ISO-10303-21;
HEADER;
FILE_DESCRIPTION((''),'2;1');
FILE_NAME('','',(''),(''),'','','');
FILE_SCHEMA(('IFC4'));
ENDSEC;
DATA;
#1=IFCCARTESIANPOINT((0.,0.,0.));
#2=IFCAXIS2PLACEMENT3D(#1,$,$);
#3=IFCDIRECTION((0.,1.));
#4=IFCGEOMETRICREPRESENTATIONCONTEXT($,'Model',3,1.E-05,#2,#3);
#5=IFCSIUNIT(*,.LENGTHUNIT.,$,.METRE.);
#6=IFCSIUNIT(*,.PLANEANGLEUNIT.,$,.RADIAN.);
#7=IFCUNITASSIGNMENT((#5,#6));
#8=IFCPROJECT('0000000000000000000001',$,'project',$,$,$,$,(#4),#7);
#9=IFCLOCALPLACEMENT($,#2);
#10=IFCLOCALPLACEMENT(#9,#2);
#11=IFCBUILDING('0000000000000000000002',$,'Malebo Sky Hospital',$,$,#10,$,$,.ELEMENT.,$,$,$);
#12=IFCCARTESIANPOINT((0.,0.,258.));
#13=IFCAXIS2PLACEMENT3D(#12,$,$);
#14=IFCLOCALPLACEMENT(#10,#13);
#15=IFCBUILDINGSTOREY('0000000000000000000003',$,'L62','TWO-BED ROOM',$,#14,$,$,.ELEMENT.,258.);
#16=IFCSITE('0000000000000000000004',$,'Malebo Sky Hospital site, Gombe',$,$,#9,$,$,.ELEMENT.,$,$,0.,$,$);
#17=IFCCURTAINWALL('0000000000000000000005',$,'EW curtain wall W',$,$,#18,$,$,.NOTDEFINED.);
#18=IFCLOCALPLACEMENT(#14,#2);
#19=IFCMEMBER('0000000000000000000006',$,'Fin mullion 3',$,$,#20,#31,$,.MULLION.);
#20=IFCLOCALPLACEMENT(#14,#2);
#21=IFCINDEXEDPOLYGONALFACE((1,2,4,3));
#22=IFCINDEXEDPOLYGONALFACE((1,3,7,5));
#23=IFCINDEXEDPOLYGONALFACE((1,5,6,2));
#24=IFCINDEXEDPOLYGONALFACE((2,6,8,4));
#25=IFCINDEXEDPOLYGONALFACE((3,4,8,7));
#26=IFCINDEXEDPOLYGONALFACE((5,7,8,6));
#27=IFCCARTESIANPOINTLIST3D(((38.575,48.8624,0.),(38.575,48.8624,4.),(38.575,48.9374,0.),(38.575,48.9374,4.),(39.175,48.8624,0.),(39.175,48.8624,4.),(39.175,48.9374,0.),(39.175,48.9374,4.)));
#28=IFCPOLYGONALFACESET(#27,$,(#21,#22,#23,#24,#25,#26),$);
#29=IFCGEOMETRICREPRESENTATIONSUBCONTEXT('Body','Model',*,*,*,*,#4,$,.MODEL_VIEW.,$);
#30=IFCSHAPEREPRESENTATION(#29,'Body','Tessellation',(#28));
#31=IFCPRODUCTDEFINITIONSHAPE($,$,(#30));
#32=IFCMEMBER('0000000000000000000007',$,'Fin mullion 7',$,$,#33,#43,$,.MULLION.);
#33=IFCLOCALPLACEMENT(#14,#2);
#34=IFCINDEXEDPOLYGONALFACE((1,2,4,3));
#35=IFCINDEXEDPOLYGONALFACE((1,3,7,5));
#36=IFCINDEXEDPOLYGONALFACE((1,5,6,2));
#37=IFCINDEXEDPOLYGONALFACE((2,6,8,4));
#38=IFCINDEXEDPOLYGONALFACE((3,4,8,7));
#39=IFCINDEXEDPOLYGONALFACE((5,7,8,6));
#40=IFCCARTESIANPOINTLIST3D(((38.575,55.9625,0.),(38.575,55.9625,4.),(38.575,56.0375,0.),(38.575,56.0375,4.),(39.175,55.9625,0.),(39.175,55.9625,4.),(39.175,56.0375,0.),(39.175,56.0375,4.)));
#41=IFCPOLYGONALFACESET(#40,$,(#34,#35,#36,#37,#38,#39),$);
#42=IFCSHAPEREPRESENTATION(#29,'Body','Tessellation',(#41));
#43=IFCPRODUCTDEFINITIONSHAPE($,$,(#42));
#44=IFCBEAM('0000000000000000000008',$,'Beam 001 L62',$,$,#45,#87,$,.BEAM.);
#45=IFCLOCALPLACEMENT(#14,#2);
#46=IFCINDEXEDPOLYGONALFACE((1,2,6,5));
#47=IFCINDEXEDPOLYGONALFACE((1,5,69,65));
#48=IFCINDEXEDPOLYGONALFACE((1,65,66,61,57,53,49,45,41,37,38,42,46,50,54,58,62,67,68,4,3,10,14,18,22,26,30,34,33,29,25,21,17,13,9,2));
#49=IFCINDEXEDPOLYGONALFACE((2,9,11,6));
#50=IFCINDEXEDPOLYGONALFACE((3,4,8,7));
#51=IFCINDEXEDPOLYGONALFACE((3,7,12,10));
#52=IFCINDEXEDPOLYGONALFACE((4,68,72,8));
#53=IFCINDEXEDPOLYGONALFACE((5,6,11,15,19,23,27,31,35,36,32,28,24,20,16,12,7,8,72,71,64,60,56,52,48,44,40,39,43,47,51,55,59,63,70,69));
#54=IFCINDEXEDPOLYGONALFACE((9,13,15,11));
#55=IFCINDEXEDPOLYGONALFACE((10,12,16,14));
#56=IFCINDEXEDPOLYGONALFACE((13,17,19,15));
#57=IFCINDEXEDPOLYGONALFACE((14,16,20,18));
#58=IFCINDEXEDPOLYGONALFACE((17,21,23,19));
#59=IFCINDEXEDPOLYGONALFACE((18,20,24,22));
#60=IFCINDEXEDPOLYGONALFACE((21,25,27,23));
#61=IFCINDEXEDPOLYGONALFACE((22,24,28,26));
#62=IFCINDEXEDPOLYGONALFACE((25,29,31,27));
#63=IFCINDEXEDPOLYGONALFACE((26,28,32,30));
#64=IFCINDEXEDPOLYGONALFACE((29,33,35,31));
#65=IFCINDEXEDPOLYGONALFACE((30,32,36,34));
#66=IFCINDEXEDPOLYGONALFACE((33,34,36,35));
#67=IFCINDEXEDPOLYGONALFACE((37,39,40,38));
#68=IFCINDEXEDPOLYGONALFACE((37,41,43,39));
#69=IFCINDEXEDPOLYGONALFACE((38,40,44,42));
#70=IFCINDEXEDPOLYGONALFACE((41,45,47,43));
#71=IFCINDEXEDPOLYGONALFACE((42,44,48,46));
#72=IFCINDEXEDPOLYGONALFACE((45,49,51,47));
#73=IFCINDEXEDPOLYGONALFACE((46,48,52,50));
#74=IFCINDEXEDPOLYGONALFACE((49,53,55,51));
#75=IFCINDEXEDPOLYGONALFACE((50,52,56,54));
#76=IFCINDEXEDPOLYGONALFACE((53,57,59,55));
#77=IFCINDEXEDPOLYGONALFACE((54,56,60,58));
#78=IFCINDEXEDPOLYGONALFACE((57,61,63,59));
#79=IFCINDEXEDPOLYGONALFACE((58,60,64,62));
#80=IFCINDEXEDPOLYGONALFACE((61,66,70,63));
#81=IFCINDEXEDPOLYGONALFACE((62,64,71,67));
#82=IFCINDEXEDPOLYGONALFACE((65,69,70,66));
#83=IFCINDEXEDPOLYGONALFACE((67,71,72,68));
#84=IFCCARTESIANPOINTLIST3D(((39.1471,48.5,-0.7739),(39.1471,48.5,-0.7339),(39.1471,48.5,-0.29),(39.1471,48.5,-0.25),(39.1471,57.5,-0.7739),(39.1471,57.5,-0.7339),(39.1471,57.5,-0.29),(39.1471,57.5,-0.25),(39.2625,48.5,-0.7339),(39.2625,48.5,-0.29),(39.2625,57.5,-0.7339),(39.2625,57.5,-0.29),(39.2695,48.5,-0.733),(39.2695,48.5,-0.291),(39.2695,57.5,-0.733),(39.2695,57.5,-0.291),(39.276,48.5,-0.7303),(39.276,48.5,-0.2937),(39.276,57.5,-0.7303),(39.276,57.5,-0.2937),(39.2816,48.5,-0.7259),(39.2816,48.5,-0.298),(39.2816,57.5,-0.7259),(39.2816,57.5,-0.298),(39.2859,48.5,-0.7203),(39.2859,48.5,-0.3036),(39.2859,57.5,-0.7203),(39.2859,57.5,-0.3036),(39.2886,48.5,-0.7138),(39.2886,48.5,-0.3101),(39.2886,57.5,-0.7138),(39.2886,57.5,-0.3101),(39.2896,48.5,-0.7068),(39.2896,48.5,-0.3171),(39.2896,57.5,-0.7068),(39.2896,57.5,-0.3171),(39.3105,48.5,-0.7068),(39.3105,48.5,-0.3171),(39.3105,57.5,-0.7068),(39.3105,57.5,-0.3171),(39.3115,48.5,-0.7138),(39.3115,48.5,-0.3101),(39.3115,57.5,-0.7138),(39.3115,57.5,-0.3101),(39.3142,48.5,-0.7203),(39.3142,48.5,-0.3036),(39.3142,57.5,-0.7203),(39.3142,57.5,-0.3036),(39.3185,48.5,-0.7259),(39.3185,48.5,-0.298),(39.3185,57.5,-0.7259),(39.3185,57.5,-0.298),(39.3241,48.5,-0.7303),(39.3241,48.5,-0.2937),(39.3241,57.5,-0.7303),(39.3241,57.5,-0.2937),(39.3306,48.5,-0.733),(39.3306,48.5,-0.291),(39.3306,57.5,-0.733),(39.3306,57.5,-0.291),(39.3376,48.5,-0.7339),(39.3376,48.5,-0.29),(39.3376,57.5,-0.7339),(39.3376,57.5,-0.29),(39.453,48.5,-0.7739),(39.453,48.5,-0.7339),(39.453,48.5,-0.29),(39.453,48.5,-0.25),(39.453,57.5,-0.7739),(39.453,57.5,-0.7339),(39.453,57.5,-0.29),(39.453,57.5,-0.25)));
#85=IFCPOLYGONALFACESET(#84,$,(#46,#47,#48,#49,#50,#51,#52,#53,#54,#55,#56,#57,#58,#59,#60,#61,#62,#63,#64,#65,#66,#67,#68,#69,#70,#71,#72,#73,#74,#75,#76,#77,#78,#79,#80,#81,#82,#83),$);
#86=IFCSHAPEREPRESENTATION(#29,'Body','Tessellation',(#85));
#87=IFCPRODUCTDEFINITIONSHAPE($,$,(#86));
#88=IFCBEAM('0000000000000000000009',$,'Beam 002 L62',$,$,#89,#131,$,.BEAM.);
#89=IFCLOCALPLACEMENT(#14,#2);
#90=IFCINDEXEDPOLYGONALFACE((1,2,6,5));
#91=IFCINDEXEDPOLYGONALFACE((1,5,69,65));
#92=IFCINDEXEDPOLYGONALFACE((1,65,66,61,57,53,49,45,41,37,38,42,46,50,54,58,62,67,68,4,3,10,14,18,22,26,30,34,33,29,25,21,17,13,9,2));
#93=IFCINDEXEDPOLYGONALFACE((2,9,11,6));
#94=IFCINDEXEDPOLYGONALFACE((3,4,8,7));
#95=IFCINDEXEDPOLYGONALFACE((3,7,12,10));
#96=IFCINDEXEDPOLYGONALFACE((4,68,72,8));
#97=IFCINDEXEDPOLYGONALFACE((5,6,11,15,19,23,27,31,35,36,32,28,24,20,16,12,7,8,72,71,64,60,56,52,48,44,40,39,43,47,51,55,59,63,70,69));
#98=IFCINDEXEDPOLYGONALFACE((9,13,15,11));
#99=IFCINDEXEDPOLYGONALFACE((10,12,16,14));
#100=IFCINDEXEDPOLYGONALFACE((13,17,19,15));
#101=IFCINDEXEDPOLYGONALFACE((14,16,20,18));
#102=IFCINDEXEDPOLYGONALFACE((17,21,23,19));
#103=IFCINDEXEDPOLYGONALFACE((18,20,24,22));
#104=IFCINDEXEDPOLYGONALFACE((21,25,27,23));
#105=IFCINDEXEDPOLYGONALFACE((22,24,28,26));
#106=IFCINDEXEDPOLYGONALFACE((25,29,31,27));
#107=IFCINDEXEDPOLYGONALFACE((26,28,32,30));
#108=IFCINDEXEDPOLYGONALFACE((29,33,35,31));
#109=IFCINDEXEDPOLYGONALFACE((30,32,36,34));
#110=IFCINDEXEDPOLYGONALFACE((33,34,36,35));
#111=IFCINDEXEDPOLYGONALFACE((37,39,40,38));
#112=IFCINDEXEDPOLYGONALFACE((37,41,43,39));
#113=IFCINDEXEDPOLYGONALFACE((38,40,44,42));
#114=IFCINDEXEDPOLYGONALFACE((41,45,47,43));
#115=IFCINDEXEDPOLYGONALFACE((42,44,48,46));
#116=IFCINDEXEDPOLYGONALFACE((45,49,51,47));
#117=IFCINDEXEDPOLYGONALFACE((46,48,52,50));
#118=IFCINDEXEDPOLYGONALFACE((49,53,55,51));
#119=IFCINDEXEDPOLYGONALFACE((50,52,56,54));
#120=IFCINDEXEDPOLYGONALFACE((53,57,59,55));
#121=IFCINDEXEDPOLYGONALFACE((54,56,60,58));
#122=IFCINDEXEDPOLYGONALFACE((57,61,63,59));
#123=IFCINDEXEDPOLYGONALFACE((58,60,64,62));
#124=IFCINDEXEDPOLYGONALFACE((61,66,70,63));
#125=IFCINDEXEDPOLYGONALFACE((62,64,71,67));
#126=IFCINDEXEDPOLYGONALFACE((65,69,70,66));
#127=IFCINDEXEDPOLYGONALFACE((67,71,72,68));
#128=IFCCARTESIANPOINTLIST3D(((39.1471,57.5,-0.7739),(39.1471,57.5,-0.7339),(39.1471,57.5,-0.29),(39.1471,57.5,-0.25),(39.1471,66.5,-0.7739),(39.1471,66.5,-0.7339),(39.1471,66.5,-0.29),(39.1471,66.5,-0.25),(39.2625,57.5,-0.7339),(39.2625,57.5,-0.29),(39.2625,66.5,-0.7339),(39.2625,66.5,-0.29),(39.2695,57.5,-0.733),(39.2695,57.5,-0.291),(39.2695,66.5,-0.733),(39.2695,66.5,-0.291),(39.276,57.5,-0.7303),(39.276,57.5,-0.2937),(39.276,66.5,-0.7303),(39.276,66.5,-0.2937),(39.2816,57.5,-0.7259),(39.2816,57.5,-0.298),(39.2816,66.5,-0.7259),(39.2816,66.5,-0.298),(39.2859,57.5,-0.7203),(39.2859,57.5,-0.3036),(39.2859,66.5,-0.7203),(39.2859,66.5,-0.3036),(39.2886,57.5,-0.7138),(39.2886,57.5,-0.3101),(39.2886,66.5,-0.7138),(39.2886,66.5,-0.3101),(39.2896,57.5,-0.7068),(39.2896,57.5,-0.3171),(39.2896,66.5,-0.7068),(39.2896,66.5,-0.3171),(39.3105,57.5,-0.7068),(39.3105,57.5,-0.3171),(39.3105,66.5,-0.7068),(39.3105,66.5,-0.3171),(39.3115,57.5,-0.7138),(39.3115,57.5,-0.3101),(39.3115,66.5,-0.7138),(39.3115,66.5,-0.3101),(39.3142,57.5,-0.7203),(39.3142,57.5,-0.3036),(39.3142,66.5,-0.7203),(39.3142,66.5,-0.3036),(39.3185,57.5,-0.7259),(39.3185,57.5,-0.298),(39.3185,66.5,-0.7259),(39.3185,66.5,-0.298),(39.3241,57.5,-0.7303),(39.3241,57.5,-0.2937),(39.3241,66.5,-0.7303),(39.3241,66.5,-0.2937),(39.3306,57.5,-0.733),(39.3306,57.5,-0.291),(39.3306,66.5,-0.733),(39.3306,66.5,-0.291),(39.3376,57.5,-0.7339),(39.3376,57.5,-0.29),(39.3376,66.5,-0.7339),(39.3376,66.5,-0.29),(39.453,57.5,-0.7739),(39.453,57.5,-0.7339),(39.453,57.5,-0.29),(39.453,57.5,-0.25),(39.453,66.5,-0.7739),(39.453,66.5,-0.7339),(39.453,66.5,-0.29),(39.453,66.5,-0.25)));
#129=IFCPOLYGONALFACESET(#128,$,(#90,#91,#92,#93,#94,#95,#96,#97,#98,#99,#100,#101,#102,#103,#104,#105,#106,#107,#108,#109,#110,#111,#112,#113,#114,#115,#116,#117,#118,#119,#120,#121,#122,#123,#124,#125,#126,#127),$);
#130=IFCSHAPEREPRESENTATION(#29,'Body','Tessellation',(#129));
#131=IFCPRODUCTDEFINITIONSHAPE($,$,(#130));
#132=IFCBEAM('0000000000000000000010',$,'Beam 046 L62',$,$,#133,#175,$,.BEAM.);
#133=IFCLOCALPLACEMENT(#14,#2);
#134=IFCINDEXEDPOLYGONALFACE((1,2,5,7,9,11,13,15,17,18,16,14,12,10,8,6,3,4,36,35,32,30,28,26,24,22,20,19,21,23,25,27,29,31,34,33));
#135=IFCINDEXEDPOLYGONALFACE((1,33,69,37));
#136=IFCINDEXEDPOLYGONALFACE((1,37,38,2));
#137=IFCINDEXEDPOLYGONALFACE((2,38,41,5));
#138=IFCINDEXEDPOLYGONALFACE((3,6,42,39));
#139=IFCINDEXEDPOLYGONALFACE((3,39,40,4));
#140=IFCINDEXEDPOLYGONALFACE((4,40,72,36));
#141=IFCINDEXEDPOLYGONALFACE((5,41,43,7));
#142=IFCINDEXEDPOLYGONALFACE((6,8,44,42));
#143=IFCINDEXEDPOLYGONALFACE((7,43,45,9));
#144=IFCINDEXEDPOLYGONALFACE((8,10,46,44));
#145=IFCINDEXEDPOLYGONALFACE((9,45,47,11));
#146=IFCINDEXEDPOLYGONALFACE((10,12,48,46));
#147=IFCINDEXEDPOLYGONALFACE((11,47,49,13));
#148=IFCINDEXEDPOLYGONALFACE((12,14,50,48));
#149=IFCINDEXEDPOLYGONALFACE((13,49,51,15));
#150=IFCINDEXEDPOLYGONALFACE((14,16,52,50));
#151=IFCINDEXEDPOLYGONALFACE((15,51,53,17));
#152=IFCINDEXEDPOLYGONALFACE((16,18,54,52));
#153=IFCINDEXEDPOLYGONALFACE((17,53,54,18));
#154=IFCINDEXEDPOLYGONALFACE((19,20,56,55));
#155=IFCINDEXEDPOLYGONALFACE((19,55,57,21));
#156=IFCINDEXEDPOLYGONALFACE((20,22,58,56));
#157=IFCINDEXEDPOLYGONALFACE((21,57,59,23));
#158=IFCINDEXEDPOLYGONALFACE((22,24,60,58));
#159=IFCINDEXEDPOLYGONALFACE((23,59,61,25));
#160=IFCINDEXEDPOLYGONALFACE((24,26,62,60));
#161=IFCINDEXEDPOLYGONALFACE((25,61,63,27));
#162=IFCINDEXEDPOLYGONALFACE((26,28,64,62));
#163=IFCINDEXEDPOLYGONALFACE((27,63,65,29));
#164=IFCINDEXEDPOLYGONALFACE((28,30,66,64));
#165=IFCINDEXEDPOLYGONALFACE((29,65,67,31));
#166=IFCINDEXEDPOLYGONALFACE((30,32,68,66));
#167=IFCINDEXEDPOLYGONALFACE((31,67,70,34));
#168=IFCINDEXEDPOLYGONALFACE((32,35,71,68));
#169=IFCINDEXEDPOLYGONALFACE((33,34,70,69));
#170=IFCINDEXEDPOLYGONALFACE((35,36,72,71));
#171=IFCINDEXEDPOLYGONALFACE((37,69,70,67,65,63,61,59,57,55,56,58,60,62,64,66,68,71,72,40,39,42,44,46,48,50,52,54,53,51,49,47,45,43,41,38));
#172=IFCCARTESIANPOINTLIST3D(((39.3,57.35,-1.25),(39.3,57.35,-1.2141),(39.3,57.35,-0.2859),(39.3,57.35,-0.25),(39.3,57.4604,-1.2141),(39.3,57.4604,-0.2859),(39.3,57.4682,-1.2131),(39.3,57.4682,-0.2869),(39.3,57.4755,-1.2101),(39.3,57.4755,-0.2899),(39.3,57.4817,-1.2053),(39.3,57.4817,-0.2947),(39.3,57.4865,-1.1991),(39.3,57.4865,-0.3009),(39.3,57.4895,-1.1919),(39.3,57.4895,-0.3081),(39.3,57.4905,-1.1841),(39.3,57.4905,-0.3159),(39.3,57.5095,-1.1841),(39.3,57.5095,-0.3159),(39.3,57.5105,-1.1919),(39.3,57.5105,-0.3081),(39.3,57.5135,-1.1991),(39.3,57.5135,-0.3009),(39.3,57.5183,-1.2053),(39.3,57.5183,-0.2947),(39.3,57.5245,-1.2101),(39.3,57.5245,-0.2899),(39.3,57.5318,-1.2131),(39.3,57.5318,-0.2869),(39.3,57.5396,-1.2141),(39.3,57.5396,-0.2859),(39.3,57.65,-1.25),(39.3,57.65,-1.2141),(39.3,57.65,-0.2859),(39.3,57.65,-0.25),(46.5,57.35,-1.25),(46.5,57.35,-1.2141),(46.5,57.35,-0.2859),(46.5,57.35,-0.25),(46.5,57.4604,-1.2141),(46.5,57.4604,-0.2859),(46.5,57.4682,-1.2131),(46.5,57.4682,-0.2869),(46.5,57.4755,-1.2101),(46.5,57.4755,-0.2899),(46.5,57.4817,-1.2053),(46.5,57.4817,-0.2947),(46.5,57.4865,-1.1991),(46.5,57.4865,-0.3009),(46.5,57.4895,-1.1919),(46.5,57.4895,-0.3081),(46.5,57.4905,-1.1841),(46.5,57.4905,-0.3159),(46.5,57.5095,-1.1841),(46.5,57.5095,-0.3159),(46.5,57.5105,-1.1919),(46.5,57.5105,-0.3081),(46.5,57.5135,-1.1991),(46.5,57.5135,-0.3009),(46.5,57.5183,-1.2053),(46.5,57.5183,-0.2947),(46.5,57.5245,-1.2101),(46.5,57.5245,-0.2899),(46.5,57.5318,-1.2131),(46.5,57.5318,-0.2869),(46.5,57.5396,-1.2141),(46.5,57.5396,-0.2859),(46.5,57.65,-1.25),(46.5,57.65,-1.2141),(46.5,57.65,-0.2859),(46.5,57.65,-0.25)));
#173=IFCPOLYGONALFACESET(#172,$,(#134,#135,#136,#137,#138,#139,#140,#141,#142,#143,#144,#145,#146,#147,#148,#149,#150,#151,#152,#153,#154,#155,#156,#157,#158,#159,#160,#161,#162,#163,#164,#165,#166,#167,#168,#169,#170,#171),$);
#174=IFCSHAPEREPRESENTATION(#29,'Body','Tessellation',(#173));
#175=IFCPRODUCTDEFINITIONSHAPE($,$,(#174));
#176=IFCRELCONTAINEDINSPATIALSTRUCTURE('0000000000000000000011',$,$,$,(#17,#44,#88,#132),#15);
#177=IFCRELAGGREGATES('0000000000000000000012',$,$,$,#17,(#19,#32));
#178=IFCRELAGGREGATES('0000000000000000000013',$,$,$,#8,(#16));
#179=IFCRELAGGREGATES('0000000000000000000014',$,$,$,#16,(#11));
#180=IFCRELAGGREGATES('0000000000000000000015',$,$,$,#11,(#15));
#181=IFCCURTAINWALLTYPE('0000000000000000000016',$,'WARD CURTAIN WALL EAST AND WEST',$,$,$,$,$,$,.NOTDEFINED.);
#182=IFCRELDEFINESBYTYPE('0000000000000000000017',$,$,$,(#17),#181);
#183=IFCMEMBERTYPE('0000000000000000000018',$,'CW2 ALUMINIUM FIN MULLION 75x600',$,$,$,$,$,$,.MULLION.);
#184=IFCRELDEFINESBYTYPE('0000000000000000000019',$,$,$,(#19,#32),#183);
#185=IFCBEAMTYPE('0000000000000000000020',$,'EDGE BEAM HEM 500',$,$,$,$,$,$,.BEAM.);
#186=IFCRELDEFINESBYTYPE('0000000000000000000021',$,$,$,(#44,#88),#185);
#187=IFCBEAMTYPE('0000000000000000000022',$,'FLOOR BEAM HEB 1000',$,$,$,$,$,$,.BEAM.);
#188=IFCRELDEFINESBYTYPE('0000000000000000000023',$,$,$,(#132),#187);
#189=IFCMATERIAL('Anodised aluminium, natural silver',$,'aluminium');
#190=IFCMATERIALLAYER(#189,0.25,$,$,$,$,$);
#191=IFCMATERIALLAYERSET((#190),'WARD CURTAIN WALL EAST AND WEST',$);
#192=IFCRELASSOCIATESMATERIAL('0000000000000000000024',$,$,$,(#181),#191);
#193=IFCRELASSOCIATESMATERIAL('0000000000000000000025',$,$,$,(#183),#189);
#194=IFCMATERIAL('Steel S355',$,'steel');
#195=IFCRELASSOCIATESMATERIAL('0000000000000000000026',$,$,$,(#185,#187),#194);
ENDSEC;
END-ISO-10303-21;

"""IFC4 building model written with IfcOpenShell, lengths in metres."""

from ifc_helpers import new_model, si_unit, direction, frame, origin, origin_2d, place, context, subcontext, project, spatial, rectangle, i_section, extrude, material, layer, layer_set, material_profile, profile_set, type_object, element, aggregate, save


model = new_model("IFC4")

# Units and contexts
model_context = context("Model", 3, precision=1e-05, world=origin(), true_north=direction((0.0, 1.0)))
body_context = subcontext(model_context, "Body", "Model", "MODEL_VIEW")
ifc_project = project(units=[si_unit("LENGTHUNIT", "METRE"), si_unit("PLANEANGLEUNIT", "RADIAN")], contexts=[model_context])

# Site, building, storey
site_placement = place(None, origin())
site = spatial("IfcSite", under=ifc_project, at=site_placement, Name="Malebo Sky Hospital site, Gombe", CompositionType="ELEMENT", RefElevation=0.0)
building_placement = place(site_placement, origin())
building = spatial("IfcBuilding", under=site, at=building_placement, Name="Malebo Sky Hospital", CompositionType="ELEMENT")
storey_placement = place(building_placement, frame((0.0, 0.0, 258.0)))
storey = spatial("IfcBuildingStorey", under=building, at=storey_placement, Name="L62", Description="TWO-BED ROOM", CompositionType="ELEMENT", Elevation=258.0)

# Curtain wall
ifc_material_1 = material(Name="Anodised aluminium, natural silver", Category="aluminium")
ifc_layer_1 = layer(ifc_material_1, 0.25)
ifc_layer_set_1 = layer_set([ifc_layer_1], Name="WARD CURTAIN WALL EAST AND WEST")
curtain_wall_type = type_object("IfcCurtainWallType", Name="WARD CURTAIN WALL EAST AND WEST", PredefinedType="NOTDEFINED", material=ifc_layer_set_1)
curtain_wall_placement = place(storey_placement, origin())
curtain_wall = element("IfcCurtainWall", 1, at=curtain_wall_placement, inside=storey, type_object=curtain_wall_type, Name="EW curtain wall W", PredefinedType="NOTDEFINED")

# Members
ifc_material_2 = material(Name="Steel S355", Category="steel")
ifc_material_profile_1 = material_profile(ifc_material_1, rectangle(XDim=0.075, YDim=0.6001, at=origin_2d()), Name="CW2 ALUMINIUM FIN MULLION 75x600")
ifc_profile_set_1 = profile_set([ifc_material_profile_1], Name="Anodised aluminium, natural silver")
member_type_1 = type_object("IfcMemberType", Name="CW2 ALUMINIUM FIN MULLION 75x600", PredefinedType="MULLION", material=ifc_profile_set_1)
member_1_placement = place(storey_placement, frame((38.875, 48.8999, 0.0), z_axis=(0.0, 0.0, 1.0), x_axis=(0.0, 1.0, 0.0)))
member_1 = element("IfcMember", 2, at=member_1_placement, type_object=member_type_1, Name="Fin mullion 3", PredefinedType="MULLION", context=body_context, shape_type="SweptSolid", body=[
    extrude(rectangle(XDim=0.075, YDim=0.6001, at=origin_2d()), origin(), (0.0, 0.0, 1.0), 4.0),
])
member_2_placement = place(storey_placement, frame((38.875, 56.0, 0.0), z_axis=(0.0, 0.0, 1.0), x_axis=(0.0, 1.0, 0.0)))
member_2 = element("IfcMember", 3, at=member_2_placement, type_object=member_type_1, Name="Fin mullion 7", PredefinedType="MULLION", context=body_context, shape_type="SweptSolid", body=[
    extrude(rectangle(XDim=0.075, YDim=0.6001, at=origin_2d()), origin(), (0.0, 0.0, 1.0), 4.0),
])

# Beams
ifc_material_profile_2 = material_profile(ifc_material_2, i_section(OverallWidth=0.3059, OverallDepth=0.5239, WebThickness=0.021, FlangeThickness=0.04, FilletRadius=0.0271, at=origin_2d()), Name="HEM 500")
ifc_profile_set_2 = profile_set([ifc_material_profile_2], Name="Steel S355")
beam_type_1 = type_object("IfcBeamType", Name="EDGE BEAM HEM 500", PredefinedType="BEAM", material=ifc_profile_set_2)
for number, where, z_axis, x_axis, name in (
    (4, (39.3, 48.5, -0.512), (0.0, 1.0, 0.0), (-1.0, 0.0, 0.0), "Beam 001 L62"),
    (5, (39.3, 57.5, -0.512), (0.0, 1.0, 0.0), (-1.0, 0.0, 0.0), "Beam 002 L62"),
):
    element("IfcBeam", number, at=place(storey_placement, frame(where, z_axis=z_axis, x_axis=x_axis)), inside=storey, type_object=beam_type_1, Name=name, PredefinedType="BEAM", context=body_context, shape_type="SweptSolid", body=[
        extrude(i_section(OverallWidth=0.3059, OverallDepth=0.5239, WebThickness=0.021, FlangeThickness=0.04, FilletRadius=0.0271, at=origin_2d()), origin(), (0.0, 0.0, 1.0), 9.0),
    ])
ifc_material_profile_3 = material_profile(ifc_material_2, i_section(OverallWidth=0.3, OverallDepth=1.0, WebThickness=0.019, FlangeThickness=0.0359, FilletRadius=0.03, at=origin_2d()), Name="HEB 1000")
ifc_profile_set_3 = profile_set([ifc_material_profile_3], Name="Steel S355")
beam_type_2 = type_object("IfcBeamType", Name="FLOOR BEAM HEB 1000", PredefinedType="BEAM", material=ifc_profile_set_3)
beam_1_placement = place(storey_placement, frame((39.3, 57.5, -0.75), z_axis=(1.0, 0.0, 0.0), x_axis=(0.0, 1.0, 0.0)))
element("IfcBeam", 6, at=beam_1_placement, inside=storey, type_object=beam_type_2, Name="Beam 046 L62", PredefinedType="BEAM", context=body_context, shape_type="SweptSolid", body=[
    extrude(i_section(OverallWidth=0.3, OverallDepth=1.0, WebThickness=0.019, FlangeThickness=0.0359, FilletRadius=0.03, at=origin_2d()), origin(), (0.0, 0.0, 1.0), 7.2),
])

aggregate(curtain_wall, [member_1, member_2])

save(model, "model.ifc")
